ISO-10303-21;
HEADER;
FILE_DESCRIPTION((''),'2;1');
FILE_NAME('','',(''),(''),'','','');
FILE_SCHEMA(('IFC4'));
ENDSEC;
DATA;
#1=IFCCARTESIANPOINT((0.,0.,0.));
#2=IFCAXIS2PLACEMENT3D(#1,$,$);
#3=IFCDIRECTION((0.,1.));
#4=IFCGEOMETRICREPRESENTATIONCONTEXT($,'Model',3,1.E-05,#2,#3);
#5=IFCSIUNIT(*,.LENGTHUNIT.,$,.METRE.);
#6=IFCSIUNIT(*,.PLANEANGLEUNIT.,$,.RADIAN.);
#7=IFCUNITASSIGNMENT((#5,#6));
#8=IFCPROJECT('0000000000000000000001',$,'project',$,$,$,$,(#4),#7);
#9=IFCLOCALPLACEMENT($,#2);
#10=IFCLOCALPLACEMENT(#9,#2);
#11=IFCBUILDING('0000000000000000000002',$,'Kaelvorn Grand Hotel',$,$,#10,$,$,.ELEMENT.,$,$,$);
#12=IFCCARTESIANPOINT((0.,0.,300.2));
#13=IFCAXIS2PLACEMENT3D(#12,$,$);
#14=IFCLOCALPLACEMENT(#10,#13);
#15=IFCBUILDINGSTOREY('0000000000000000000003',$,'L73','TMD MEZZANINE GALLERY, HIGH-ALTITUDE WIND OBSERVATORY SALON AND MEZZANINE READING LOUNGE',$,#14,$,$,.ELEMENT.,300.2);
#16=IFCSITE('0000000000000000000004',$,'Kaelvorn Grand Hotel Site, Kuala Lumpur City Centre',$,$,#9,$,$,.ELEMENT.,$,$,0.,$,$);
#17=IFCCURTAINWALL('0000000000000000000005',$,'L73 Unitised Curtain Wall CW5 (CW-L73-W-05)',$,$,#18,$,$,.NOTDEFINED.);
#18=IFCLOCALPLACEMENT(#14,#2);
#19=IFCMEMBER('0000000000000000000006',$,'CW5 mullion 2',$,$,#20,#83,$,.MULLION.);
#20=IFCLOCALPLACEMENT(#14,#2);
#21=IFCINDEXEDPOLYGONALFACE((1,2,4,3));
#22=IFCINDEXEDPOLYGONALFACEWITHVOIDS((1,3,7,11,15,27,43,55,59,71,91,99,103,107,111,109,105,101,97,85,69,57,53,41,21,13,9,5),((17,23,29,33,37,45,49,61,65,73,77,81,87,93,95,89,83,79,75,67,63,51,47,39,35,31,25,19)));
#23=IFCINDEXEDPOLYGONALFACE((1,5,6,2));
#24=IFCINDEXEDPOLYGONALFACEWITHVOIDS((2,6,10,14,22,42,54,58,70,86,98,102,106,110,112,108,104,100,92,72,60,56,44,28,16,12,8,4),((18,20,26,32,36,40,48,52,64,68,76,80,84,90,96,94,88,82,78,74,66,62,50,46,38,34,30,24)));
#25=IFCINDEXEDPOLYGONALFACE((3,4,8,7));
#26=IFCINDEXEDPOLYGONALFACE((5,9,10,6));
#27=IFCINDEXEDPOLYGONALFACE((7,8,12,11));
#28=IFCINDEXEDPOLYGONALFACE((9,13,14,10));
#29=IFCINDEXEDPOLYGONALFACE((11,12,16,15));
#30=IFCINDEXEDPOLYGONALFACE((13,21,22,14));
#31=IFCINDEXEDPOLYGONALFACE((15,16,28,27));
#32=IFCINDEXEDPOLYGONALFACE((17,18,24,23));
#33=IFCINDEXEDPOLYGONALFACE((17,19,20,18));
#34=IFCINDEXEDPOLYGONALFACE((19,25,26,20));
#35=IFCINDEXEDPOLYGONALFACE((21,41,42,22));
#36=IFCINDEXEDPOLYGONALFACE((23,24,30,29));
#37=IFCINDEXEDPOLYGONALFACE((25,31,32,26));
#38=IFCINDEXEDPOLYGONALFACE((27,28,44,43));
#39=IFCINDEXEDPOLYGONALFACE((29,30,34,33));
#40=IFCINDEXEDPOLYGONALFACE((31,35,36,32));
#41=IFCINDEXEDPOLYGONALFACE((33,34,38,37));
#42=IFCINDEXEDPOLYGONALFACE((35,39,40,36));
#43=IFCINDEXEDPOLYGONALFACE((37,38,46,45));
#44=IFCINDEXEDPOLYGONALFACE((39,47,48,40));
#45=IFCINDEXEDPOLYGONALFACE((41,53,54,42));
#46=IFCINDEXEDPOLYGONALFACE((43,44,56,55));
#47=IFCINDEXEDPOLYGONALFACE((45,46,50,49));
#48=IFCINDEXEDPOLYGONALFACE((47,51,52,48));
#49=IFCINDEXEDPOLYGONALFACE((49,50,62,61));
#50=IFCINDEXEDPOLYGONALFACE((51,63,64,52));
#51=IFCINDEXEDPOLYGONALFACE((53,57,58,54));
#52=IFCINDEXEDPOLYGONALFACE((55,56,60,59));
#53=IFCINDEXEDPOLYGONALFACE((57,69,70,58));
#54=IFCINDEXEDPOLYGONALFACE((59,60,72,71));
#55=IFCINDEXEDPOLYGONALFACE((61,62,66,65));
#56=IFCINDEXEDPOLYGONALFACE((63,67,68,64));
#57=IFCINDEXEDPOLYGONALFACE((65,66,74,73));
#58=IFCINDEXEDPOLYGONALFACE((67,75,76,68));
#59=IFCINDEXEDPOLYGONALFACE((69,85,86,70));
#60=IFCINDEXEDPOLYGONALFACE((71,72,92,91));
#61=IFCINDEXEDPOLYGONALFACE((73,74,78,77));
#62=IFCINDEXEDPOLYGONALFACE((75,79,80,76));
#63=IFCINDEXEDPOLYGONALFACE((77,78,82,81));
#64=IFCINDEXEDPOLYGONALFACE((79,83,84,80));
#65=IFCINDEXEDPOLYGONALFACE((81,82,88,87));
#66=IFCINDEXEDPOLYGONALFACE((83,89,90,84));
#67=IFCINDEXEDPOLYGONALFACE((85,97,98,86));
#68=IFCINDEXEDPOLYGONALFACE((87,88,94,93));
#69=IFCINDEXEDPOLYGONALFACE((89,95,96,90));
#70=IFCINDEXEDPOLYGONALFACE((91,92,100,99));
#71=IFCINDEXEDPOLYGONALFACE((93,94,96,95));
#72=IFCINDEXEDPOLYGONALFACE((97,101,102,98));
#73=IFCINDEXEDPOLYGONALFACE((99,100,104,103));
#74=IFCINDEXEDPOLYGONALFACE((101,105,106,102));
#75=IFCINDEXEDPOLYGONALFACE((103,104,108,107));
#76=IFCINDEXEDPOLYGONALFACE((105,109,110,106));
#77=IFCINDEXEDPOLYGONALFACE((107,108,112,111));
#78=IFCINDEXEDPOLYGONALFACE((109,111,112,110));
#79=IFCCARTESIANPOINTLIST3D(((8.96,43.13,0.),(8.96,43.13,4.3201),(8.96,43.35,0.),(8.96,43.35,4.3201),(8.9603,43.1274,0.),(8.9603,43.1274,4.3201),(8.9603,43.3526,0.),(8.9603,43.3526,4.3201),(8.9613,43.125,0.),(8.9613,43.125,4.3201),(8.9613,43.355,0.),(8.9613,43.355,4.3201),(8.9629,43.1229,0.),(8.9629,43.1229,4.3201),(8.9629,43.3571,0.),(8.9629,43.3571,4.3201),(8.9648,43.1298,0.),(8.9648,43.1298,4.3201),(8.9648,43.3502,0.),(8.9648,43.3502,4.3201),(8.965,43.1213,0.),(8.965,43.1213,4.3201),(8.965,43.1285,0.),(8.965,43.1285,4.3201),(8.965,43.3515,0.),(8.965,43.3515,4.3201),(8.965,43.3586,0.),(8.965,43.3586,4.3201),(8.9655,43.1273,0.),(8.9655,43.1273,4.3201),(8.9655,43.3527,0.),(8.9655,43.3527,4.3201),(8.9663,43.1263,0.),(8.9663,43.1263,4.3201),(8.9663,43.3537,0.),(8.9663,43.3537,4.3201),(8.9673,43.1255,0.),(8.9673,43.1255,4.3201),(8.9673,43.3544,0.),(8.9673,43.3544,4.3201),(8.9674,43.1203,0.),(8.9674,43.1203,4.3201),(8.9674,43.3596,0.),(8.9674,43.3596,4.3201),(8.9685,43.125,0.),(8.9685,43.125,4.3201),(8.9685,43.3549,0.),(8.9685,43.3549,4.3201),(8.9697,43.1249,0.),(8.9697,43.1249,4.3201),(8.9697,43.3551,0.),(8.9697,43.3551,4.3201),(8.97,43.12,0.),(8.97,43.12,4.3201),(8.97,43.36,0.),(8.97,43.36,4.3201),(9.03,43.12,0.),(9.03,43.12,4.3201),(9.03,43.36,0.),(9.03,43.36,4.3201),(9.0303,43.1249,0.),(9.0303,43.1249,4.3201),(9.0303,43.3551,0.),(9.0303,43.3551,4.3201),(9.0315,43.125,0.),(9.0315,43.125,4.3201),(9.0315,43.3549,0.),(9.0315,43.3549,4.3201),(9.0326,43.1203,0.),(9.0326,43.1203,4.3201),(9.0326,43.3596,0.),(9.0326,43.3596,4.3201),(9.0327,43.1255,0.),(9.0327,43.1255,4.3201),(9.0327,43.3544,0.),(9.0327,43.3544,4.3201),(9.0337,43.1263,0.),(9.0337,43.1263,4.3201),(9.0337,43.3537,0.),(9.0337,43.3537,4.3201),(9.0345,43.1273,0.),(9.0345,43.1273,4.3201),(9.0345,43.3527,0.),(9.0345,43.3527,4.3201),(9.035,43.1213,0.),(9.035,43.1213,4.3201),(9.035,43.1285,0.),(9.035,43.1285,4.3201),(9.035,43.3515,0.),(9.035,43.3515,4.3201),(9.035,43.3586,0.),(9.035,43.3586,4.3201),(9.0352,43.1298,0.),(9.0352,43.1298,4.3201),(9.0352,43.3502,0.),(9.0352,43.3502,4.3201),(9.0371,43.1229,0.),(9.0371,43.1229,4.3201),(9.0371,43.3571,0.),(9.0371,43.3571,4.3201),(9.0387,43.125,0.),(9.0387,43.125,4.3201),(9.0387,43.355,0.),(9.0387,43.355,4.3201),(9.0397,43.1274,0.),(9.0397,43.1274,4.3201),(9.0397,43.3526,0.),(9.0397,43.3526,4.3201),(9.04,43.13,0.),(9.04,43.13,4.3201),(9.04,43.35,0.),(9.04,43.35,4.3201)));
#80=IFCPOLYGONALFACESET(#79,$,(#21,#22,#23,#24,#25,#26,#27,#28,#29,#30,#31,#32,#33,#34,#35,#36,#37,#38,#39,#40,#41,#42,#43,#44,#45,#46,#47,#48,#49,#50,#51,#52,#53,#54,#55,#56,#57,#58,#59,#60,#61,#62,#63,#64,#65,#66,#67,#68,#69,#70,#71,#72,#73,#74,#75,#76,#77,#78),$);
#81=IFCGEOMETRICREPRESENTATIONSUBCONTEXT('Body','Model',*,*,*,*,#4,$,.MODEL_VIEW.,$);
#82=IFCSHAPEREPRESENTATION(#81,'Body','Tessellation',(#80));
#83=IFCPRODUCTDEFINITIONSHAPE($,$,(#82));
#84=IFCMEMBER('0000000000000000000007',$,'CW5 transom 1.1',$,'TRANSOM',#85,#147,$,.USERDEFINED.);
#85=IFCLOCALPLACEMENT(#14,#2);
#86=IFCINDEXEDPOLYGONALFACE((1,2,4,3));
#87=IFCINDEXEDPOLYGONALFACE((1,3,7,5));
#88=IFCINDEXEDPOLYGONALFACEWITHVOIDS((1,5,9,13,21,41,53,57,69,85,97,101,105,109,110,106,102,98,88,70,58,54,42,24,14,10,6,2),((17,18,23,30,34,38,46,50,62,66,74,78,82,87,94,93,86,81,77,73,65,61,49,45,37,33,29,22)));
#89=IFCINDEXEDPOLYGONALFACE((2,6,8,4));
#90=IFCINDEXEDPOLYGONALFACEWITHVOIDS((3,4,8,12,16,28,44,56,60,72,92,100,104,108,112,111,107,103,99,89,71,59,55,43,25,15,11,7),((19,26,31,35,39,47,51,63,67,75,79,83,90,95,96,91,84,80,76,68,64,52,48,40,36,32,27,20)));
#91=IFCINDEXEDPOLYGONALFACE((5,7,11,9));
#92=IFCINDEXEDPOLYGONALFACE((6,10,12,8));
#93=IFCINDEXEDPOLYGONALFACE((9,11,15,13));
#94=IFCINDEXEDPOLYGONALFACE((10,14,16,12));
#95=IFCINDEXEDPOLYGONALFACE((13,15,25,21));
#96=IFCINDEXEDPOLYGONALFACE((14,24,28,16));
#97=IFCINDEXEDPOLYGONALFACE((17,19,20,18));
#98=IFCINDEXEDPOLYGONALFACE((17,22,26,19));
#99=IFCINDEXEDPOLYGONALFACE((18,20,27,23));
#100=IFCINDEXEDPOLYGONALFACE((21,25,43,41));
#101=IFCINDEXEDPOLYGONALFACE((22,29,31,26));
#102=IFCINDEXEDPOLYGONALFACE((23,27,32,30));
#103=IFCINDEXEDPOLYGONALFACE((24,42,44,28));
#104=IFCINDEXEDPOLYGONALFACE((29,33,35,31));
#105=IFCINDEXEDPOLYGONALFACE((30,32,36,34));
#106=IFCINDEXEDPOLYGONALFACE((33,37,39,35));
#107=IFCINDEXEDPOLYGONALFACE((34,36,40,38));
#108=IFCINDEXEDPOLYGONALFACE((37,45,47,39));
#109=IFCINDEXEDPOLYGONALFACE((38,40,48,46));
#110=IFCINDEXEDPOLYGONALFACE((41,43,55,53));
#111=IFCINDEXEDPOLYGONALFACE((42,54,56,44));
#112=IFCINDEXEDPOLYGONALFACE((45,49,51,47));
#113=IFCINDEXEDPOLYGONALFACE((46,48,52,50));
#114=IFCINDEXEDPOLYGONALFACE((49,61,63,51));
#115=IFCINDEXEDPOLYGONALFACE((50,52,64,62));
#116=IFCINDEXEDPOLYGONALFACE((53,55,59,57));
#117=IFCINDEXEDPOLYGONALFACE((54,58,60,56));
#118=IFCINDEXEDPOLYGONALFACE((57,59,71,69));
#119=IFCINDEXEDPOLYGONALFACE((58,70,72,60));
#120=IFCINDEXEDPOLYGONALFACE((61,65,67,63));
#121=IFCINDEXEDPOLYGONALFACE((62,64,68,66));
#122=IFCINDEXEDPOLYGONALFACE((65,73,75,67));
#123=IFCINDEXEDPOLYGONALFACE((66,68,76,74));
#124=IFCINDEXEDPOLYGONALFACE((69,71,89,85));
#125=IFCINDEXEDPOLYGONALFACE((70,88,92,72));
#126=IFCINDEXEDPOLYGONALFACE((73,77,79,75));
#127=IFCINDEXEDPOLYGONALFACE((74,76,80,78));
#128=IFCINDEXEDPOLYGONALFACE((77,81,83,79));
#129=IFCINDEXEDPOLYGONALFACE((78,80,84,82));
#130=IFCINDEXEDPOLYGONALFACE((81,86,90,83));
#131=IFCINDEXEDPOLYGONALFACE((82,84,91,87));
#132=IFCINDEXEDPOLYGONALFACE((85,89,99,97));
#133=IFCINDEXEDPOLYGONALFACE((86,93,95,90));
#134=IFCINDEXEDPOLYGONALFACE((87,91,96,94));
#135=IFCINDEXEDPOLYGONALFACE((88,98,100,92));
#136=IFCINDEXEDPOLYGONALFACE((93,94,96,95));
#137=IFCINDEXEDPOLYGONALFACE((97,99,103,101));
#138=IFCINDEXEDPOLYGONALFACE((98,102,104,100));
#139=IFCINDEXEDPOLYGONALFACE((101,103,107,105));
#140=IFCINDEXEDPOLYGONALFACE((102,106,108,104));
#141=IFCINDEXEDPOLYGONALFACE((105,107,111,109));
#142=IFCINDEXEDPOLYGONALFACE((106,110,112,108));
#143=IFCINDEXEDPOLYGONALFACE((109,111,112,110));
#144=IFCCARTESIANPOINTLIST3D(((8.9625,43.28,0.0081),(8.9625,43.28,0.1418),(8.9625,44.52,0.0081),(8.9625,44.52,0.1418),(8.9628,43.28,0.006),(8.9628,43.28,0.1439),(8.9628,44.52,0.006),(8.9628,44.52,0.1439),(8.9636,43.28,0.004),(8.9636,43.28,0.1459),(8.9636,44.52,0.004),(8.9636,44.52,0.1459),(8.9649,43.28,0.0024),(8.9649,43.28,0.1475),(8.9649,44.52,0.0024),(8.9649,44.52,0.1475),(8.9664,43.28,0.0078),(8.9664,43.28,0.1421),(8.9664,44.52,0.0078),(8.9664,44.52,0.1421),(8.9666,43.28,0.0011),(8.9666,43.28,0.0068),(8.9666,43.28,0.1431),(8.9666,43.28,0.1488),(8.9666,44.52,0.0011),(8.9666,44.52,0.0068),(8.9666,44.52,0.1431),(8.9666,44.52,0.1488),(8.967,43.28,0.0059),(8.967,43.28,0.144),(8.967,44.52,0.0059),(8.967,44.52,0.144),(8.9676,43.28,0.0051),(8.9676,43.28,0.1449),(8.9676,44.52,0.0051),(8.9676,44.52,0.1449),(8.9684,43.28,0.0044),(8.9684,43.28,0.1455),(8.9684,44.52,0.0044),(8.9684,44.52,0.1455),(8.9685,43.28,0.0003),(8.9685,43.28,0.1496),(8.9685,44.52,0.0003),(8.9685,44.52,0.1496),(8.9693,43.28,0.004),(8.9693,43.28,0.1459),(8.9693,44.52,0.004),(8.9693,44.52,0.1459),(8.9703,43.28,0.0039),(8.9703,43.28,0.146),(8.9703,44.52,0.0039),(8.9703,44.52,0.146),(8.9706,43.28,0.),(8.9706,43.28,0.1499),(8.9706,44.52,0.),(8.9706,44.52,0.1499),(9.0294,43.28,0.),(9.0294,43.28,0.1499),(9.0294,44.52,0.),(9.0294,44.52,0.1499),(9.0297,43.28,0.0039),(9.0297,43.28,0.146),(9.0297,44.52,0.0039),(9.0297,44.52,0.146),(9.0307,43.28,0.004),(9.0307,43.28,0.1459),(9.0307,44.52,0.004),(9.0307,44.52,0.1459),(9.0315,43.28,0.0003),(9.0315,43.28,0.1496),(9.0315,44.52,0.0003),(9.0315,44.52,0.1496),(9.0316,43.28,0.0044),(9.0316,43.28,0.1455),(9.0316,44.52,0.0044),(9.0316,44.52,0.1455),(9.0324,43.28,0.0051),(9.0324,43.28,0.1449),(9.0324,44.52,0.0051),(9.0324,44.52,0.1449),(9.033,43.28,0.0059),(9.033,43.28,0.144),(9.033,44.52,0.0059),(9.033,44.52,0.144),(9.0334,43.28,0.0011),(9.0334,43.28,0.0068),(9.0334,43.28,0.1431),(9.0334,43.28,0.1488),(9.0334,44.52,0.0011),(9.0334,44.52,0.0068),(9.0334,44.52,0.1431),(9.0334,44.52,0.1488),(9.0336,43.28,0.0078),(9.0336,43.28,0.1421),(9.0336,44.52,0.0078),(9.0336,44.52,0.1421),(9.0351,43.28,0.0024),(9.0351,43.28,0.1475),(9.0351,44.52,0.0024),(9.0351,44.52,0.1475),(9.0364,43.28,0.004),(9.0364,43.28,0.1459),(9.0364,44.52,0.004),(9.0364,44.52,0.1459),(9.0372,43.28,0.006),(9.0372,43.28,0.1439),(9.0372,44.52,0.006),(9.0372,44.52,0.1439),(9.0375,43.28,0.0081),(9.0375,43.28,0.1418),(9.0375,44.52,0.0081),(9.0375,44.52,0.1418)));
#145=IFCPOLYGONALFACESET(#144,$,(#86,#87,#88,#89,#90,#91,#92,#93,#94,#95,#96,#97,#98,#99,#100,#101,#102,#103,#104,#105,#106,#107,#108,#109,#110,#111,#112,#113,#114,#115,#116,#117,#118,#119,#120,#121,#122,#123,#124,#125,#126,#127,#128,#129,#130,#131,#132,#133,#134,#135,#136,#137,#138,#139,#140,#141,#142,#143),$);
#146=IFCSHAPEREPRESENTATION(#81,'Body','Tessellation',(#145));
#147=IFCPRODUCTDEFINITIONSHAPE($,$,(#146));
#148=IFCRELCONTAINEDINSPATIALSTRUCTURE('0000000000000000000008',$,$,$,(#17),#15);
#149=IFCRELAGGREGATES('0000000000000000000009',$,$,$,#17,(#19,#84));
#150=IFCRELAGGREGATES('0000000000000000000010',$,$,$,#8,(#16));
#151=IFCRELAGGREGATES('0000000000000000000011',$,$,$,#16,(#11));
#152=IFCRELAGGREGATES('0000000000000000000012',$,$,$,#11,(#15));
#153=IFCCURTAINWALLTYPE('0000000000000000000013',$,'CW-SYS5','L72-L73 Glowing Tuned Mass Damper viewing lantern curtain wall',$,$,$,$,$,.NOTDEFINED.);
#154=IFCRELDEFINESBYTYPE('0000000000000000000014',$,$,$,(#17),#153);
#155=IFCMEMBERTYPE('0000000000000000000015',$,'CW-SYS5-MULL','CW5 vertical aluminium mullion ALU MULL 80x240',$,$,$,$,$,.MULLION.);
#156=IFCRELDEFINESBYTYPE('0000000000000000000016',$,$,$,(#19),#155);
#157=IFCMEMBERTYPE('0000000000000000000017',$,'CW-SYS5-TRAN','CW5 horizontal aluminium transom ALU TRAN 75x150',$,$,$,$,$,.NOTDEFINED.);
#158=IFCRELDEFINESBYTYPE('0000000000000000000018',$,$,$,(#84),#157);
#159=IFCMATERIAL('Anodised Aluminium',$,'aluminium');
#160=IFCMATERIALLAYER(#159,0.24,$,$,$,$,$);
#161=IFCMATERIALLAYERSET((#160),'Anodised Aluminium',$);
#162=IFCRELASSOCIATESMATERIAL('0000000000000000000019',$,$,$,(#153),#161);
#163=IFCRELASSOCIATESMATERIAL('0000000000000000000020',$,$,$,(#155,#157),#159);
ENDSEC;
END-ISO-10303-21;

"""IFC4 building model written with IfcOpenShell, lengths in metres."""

from ifc_helpers import new_model, si_unit, direction, frame, origin, origin_2d, place, context, subcontext, project, spatial, hollow_rectangle, extrude, material, layer, layer_set, material_profile, profile_set, type_object, element, aggregate, save


model = new_model("IFC4")

# Units and contexts
model_context = context("Model", 3, precision=1e-05, world=origin(), true_north=direction((0.0, 1.0)))
body_context = subcontext(model_context, "Body", "Model", "MODEL_VIEW")
ifc_project = project(units=[si_unit("LENGTHUNIT", "METRE"), si_unit("PLANEANGLEUNIT", "RADIAN")], contexts=[model_context])

# Site, building, storey
site_placement = place(None, origin())
site = spatial("IfcSite", under=ifc_project, at=site_placement, Name="Kaelvorn Grand Hotel Site, Kuala Lumpur City Centre", CompositionType="ELEMENT", RefElevation=0.0)
building_placement = place(site_placement, origin())
building = spatial("IfcBuilding", under=site, at=building_placement, Name="Kaelvorn Grand Hotel", CompositionType="ELEMENT")
storey_placement = place(building_placement, frame((0.0, 0.0, 300.2)))
storey = spatial("IfcBuildingStorey", under=building, at=storey_placement, Name="L73", Description="TMD MEZZANINE GALLERY, HIGH-ALTITUDE WIND OBSERVATORY SALON AND MEZZANINE READING LOUNGE", CompositionType="ELEMENT", Elevation=300.2)

# Curtain wall, members
ifc_material_1 = material(Name="Anodised Aluminium", Category="aluminium")
ifc_layer_1 = layer(ifc_material_1, 0.24)
ifc_layer_set_1 = layer_set([ifc_layer_1], Name="Anodised Aluminium")
curtain_wall_type = type_object("IfcCurtainWallType", Name="CW-SYS5", Description="L72-L73 Glowing Tuned Mass Damper viewing lantern curtain wall", PredefinedType="NOTDEFINED", material=ifc_layer_set_1)
curtain_wall_placement = place(storey_placement, origin())
curtain_wall = element("IfcCurtainWall", 1, at=curtain_wall_placement, inside=storey, type_object=curtain_wall_type, Name="L73 Unitised Curtain Wall CW5 (CW-L73-W-05)", PredefinedType="NOTDEFINED")
ifc_material_profile_1 = material_profile(ifc_material_1, hollow_rectangle(XDim=0.0801, YDim=0.24, WallThickness=0.0049, InnerFilletRadius=0.0049, OuterFilletRadius=0.01, at=origin_2d()), Name="ALU MULL 80x240")
ifc_profile_set_1 = profile_set([ifc_material_profile_1], Name="Anodised Aluminium")
member_type_1 = type_object("IfcMemberType", Name="CW-SYS5-MULL", Description="CW5 vertical aluminium mullion ALU MULL 80x240", PredefinedType="MULLION", material=ifc_profile_set_1)
member_1_placement = place(storey_placement, frame((9.0, 43.24, 0.0), z_axis=(0.0, 0.0, 1.0), x_axis=(1.0, 0.0, 0.0)))
member_1 = element("IfcMember", 2, at=member_1_placement, type_object=member_type_1, Name="CW5 mullion 2", PredefinedType="MULLION", context=body_context, shape_type="SweptSolid", body=[
    extrude(hollow_rectangle(XDim=0.0801, YDim=0.24, WallThickness=0.0049, InnerFilletRadius=0.0049, OuterFilletRadius=0.01, at=origin_2d()), origin(), (0.0, 0.0, 1.0), 4.3201),
])
ifc_material_profile_2 = material_profile(ifc_material_1, hollow_rectangle(XDim=0.075, YDim=0.1499, WallThickness=0.0039, InnerFilletRadius=0.0039, OuterFilletRadius=0.0081, at=origin_2d()), Name="ALU TRAN 75x150")
ifc_profile_set_2 = profile_set([ifc_material_profile_2], Name="Anodised Aluminium")
member_type_2 = type_object("IfcMemberType", Name="CW-SYS5-TRAN", Description="CW5 horizontal aluminium transom ALU TRAN 75x150", PredefinedType="NOTDEFINED", material=ifc_profile_set_2)
member_2_placement = place(storey_placement, frame((9.0, 44.52, 0.075), z_axis=(0.0, -1.0, 0.0), x_axis=(1.0, 0.0, 0.0)))
member_2 = element("IfcMember", 3, at=member_2_placement, type_object=member_type_2, Name="CW5 transom 1.1", ObjectType="TRANSOM", PredefinedType="USERDEFINED", context=body_context, shape_type="SweptSolid", body=[
    extrude(hollow_rectangle(XDim=0.075, YDim=0.1499, WallThickness=0.0039, InnerFilletRadius=0.0039, OuterFilletRadius=0.0081, at=origin_2d()), origin(), (0.0, 0.0, 1.0), 1.24),
])
aggregate(curtain_wall, [member_1, member_2])

save(model, "model.ifc")
